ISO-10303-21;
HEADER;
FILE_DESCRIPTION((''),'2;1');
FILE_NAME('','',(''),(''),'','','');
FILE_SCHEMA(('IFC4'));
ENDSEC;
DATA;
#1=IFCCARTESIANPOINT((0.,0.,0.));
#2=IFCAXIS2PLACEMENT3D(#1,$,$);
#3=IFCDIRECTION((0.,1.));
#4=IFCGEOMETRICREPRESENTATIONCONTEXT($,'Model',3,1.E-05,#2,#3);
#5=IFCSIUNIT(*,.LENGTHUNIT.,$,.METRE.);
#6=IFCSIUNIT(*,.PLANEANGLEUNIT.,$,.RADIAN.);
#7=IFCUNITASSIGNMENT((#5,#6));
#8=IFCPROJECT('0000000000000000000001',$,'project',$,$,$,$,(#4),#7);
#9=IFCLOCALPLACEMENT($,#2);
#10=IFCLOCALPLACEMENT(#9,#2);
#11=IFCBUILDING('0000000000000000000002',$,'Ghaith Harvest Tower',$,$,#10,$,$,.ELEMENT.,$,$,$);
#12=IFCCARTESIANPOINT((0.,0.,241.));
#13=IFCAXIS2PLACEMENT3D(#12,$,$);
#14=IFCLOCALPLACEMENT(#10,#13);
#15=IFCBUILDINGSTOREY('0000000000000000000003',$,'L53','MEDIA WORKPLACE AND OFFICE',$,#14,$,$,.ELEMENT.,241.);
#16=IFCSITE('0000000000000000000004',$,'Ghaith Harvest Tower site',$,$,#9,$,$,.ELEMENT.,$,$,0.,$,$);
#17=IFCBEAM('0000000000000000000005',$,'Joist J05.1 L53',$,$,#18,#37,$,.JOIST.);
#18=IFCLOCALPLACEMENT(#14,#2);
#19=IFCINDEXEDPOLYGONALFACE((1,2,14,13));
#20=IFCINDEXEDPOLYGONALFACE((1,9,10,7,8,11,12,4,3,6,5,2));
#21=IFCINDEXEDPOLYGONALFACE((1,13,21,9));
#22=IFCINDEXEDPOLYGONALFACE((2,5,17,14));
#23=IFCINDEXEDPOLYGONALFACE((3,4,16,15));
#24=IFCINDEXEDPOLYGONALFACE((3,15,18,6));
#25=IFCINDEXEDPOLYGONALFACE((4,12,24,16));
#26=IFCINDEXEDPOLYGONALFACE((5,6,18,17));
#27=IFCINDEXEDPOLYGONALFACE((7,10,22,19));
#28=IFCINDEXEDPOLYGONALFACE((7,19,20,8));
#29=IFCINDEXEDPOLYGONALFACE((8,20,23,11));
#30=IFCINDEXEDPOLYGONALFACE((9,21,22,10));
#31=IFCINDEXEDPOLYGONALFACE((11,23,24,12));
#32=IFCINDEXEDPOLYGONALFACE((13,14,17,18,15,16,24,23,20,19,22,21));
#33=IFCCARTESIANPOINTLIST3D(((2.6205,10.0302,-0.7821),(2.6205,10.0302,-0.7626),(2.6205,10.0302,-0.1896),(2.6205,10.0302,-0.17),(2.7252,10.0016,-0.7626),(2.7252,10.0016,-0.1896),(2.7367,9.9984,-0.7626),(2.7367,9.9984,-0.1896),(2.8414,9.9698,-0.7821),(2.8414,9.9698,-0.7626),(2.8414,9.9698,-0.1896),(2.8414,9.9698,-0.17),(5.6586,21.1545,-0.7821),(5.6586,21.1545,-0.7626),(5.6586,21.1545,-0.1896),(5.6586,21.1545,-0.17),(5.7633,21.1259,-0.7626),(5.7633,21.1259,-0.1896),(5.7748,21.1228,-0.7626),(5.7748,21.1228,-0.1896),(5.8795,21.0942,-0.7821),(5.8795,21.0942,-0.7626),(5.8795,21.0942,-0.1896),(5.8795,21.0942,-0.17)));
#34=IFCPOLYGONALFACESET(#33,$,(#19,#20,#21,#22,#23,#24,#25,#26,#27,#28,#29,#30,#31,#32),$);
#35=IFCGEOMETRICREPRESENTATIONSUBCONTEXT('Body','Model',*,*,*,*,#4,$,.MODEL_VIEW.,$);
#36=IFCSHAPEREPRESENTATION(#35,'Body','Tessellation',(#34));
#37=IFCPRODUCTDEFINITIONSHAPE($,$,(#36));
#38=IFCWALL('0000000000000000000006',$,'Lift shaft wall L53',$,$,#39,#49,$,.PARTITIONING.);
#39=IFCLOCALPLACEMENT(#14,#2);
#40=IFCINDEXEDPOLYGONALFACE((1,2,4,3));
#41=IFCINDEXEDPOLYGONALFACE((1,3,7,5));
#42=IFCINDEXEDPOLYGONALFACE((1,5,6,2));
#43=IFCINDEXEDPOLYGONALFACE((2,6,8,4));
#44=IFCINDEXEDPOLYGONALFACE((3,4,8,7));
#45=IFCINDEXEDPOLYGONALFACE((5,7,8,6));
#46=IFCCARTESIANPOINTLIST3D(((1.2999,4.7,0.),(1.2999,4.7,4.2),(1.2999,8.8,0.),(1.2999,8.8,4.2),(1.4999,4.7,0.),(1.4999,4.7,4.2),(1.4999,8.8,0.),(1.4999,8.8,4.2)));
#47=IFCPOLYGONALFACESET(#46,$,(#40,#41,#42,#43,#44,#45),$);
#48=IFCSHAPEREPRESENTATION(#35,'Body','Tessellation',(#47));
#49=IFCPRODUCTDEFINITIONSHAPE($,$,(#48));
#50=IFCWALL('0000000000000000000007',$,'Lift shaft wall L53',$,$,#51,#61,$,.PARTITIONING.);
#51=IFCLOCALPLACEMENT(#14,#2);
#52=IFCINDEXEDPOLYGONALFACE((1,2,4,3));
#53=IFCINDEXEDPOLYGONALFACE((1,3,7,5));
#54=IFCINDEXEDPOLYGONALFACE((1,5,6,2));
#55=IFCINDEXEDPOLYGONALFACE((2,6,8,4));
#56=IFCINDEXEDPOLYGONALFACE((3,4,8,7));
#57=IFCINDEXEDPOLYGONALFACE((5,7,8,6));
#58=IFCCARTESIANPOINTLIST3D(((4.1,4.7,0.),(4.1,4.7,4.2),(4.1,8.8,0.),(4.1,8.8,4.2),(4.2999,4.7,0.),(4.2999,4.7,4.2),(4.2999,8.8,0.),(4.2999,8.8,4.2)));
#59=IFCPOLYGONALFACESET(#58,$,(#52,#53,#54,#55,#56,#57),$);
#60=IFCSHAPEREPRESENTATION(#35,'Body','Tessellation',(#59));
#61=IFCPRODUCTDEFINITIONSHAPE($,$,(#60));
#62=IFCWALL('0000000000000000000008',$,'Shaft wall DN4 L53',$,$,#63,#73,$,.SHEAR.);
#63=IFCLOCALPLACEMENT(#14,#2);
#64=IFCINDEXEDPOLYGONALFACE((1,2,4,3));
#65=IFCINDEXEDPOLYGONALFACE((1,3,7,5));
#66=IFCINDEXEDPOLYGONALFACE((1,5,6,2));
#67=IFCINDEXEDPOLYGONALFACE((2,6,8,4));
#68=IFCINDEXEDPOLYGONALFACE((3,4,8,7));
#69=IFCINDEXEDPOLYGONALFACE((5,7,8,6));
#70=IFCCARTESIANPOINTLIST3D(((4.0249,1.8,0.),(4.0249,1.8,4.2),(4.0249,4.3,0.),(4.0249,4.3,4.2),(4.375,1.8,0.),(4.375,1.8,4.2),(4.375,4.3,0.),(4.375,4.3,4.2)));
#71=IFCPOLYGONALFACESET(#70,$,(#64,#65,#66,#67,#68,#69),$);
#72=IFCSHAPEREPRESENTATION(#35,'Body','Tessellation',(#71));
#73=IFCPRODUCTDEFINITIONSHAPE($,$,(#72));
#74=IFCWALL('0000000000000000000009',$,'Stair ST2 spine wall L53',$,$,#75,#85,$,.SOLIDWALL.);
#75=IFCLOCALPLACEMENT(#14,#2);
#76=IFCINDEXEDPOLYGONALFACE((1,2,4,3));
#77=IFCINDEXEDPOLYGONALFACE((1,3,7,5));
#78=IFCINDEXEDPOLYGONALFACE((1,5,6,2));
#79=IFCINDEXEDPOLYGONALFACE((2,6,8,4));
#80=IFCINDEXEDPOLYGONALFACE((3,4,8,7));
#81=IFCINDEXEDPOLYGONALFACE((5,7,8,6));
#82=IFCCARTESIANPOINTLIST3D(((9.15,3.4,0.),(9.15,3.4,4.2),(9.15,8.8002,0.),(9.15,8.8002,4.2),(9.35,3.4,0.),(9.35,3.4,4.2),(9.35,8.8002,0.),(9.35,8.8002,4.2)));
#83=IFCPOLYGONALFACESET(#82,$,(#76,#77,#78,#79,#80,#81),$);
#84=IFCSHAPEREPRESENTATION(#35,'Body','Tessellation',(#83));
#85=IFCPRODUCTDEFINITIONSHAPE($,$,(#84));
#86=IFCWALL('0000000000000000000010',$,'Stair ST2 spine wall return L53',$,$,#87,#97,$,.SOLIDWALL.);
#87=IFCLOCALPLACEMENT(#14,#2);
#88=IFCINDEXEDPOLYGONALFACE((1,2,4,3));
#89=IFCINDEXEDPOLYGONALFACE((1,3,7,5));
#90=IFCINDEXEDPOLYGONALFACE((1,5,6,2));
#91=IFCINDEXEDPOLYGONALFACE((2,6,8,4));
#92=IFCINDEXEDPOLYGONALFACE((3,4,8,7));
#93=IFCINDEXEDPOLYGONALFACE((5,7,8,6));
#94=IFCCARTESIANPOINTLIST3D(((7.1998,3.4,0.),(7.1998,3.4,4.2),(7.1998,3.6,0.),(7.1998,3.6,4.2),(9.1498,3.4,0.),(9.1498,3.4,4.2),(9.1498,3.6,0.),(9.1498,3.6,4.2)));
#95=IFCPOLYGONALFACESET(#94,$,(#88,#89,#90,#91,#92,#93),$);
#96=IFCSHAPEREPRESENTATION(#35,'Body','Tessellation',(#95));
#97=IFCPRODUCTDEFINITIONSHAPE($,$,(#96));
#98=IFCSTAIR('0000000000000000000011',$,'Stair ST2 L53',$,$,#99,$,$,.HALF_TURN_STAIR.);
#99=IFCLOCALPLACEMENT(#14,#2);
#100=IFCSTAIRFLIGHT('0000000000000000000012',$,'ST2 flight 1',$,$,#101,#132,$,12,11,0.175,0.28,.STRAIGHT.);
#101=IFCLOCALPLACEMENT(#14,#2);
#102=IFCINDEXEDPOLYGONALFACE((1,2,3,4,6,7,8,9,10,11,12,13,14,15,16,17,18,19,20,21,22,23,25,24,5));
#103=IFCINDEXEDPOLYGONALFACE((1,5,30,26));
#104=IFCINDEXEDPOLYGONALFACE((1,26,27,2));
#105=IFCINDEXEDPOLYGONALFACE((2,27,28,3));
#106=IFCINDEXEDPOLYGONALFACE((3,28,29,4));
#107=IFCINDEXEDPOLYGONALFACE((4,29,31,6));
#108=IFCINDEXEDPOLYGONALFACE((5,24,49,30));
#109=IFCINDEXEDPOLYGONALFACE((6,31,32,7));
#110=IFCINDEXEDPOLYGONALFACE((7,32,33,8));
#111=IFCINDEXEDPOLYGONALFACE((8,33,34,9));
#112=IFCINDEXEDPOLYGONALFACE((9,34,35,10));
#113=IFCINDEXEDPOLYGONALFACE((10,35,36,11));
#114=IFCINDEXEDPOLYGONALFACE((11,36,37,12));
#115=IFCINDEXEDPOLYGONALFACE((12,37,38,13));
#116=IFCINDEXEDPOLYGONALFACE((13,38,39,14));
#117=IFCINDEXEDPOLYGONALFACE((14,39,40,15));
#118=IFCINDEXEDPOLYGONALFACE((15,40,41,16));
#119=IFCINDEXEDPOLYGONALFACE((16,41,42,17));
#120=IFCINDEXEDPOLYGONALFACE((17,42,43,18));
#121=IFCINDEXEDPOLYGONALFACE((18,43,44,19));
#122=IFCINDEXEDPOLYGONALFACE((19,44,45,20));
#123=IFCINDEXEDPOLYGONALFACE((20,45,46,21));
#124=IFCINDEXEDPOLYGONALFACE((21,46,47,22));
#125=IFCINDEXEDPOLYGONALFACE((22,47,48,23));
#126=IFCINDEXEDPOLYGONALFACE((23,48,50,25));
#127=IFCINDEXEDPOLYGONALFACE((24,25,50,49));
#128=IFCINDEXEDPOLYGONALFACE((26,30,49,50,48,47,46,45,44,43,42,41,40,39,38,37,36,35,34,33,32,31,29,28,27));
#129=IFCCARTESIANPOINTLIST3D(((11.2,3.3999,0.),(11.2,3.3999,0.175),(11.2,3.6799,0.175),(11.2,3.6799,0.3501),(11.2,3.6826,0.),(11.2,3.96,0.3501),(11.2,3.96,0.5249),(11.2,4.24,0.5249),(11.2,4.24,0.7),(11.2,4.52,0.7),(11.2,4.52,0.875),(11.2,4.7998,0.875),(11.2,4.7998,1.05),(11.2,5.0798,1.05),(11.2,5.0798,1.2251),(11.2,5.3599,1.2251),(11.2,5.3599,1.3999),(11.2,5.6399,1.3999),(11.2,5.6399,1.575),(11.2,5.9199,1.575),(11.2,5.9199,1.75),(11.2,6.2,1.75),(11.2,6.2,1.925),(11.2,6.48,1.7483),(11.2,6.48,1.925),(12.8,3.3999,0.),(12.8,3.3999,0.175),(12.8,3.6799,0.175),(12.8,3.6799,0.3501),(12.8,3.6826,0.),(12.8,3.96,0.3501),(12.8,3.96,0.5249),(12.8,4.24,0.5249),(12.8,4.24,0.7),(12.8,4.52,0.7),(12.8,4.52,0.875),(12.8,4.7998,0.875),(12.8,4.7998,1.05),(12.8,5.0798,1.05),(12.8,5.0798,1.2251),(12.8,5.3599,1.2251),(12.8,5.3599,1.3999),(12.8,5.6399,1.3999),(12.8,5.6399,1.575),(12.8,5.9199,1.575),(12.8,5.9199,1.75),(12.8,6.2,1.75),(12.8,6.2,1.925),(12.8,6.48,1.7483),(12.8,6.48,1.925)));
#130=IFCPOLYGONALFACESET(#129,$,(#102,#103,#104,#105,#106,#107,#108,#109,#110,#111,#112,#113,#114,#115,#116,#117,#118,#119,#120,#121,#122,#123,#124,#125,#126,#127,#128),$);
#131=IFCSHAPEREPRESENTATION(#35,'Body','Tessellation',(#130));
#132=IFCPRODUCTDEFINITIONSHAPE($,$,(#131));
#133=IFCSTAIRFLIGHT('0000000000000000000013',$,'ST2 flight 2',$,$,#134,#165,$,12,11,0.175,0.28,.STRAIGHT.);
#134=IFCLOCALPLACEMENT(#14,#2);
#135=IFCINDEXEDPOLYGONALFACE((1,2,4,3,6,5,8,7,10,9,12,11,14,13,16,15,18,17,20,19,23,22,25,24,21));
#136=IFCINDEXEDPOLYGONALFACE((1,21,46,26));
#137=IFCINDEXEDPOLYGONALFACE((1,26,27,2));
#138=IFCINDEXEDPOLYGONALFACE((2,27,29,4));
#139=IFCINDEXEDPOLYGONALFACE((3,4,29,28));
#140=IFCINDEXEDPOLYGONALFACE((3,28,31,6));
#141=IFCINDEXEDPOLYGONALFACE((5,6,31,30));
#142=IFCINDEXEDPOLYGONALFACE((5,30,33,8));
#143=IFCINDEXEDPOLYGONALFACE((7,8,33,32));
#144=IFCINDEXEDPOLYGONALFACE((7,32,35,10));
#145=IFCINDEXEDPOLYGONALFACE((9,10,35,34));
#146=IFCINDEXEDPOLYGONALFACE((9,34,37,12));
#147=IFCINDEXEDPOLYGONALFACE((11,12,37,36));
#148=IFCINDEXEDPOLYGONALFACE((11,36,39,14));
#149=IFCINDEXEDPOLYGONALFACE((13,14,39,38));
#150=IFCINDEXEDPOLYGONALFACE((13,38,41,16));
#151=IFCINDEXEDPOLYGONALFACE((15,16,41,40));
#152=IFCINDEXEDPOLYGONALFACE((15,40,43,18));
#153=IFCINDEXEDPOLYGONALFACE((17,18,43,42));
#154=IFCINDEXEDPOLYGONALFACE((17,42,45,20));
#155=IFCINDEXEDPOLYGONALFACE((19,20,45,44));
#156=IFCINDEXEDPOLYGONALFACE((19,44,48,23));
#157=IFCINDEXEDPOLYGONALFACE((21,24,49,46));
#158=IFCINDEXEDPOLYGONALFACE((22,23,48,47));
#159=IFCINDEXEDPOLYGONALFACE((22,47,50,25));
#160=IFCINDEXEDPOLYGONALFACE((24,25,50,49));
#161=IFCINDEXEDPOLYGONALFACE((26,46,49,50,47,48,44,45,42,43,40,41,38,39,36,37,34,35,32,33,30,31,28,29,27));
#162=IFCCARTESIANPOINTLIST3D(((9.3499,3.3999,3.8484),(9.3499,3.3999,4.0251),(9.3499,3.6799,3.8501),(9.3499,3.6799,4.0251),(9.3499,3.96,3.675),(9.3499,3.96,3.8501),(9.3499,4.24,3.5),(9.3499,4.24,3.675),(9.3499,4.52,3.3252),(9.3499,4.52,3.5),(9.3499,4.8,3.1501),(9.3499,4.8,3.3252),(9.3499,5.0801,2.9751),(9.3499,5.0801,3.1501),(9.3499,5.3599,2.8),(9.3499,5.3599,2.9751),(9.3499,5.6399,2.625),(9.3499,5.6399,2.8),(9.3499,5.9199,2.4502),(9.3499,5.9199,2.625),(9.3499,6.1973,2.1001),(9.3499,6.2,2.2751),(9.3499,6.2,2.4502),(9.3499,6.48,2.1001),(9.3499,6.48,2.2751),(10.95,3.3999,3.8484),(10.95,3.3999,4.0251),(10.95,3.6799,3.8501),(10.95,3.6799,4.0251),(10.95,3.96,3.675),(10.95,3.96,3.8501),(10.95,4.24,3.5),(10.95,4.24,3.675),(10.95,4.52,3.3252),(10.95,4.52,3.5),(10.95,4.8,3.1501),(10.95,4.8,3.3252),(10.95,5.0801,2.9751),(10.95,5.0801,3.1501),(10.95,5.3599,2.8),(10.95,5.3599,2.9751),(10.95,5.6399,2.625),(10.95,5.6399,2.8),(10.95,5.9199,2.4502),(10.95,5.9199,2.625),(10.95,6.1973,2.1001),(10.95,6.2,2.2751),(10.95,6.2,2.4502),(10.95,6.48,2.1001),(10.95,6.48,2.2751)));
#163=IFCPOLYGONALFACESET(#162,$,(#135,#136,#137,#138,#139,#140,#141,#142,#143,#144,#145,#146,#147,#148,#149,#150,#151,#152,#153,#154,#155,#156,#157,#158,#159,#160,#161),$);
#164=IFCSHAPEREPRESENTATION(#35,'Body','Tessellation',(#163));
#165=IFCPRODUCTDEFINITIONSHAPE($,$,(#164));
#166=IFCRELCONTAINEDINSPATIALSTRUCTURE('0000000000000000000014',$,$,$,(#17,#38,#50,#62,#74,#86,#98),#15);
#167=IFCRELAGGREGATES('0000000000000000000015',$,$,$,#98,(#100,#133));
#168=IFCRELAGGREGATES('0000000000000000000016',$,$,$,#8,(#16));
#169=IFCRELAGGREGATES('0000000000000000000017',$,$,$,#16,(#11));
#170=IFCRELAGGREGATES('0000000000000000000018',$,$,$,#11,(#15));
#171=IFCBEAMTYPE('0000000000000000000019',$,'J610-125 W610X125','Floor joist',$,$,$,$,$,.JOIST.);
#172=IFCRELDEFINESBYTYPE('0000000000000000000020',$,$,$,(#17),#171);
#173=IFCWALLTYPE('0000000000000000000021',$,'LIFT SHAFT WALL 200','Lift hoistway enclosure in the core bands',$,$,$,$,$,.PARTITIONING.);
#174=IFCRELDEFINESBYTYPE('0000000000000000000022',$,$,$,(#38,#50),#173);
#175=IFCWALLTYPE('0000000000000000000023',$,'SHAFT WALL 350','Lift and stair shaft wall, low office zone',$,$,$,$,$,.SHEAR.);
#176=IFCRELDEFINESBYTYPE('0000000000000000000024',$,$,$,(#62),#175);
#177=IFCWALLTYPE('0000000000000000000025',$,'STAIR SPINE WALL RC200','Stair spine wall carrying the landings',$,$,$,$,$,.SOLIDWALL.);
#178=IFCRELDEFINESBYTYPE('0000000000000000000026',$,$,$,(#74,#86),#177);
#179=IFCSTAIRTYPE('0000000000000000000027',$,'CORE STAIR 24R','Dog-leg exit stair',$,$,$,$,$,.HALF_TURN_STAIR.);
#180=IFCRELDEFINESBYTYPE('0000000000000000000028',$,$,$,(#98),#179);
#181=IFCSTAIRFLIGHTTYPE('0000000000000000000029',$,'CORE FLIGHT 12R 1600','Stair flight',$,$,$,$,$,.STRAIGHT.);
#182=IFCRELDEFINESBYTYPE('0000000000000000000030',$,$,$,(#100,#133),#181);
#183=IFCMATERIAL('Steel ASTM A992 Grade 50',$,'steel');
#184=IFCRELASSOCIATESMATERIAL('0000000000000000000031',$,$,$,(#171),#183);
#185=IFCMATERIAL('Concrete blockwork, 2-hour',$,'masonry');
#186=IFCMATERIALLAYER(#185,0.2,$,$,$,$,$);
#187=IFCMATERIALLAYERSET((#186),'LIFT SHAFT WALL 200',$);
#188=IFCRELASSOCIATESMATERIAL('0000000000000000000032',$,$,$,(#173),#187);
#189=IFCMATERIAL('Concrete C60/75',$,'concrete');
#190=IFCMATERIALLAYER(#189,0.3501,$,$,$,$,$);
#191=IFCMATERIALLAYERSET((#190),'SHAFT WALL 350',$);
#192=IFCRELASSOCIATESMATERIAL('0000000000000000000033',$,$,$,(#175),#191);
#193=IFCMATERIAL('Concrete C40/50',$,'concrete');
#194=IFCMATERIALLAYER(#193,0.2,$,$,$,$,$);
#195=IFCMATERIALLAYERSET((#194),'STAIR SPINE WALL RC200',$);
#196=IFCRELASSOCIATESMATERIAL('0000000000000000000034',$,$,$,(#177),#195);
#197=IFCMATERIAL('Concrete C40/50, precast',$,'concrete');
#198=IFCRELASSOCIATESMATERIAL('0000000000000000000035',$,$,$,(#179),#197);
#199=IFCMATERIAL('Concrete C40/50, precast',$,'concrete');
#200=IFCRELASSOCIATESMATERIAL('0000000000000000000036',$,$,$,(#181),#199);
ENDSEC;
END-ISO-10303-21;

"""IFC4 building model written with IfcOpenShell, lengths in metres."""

from ifc_helpers import new_model, si_unit, direction, frame, frame_2d, origin, origin_2d, place, context, subcontext, project, spatial, polyline, rectangle, i_section, outline, extrude, material, layer, layer_set, material_profile, profile_set, type_object, element, aggregate, save


model = new_model("IFC4")

# Units and contexts
model_context = context("Model", 3, precision=1e-05, world=origin(), true_north=direction((0.0, 1.0)))
body_context = subcontext(model_context, "Body", "Model", "MODEL_VIEW")
ifc_project = project(units=[si_unit("LENGTHUNIT", "METRE"), si_unit("PLANEANGLEUNIT", "RADIAN")], contexts=[model_context])

# Site, building, storey
site_placement = place(None, origin())
site = spatial("IfcSite", under=ifc_project, at=site_placement, Name="Ghaith Harvest Tower site", CompositionType="ELEMENT", RefElevation=0.0)
building_placement = place(site_placement, origin())
building = spatial("IfcBuilding", under=site, at=building_placement, Name="Ghaith Harvest Tower", CompositionType="ELEMENT")
storey_placement = place(building_placement, frame((0.0, 0.0, 241.0)))
storey = spatial("IfcBuildingStorey", under=building, at=storey_placement, Name="L53", Description="MEDIA WORKPLACE AND OFFICE", CompositionType="ELEMENT", Elevation=241.0)

# Beam
ifc_material_1 = material(Name="Steel ASTM A992 Grade 50", Category="steel")
ifc_material_profile_1 = material_profile(ifc_material_1, i_section(OverallWidth=0.229, OverallDepth=0.6121, WebThickness=0.012, FlangeThickness=0.0195, at=origin_2d()), Name="W610X125")
ifc_profile_set_1 = profile_set([ifc_material_profile_1], Name="Steel ASTM A992 Grade 50")
beam_type_1 = type_object("IfcBeamType", Name="J610-125 W610X125", Description="Floor joist", PredefinedType="JOIST", material=ifc_profile_set_1)
beam_1_placement = place(storey_placement, frame((2.731, 10.0, -0.4761), z_axis=(0.263456, 0.964671, 0.0), x_axis=(-0.964671, 0.263456, 0.0)))
element("IfcBeam", 1, at=beam_1_placement, inside=storey, type_object=beam_type_1, Name="Joist J05.1 L53", PredefinedType="JOIST", context=body_context, shape_type="SweptSolid", body=[
    extrude(i_section(OverallWidth=0.229, OverallDepth=0.6121, WebThickness=0.012, FlangeThickness=0.0195, at=origin_2d()), origin(), (0.0, 0.0, 1.0), 11.5317),
])

# Walls
ifc_material_2 = material(Name="Concrete blockwork, 2-hour", Category="masonry")
ifc_layer_1 = layer(ifc_material_2, 0.2)
ifc_layer_set_1 = layer_set([ifc_layer_1], Name="LIFT SHAFT WALL 200")
wall_type_1 = type_object("IfcWallType", Name="LIFT SHAFT WALL 200", Description="Lift hoistway enclosure in the core bands", PredefinedType="PARTITIONING", material=ifc_layer_set_1)
for number, where, z_axis, x_axis, name in (
    (2, (1.3999, 4.7, 0.0), (0.0, 0.0, 1.0), (0.0, 1.0, 0.0), "Lift shaft wall L53"),
    (3, (4.2, 4.7, 0.0), (0.0, 0.0, 1.0), (0.0, 1.0, 0.0), "Lift shaft wall L53"),
):
    element("IfcWall", number, at=place(storey_placement, frame(where, z_axis=z_axis, x_axis=x_axis)), inside=storey, type_object=wall_type_1, Name=name, PredefinedType="PARTITIONING", context=body_context, shape_type="SweptSolid", body=[
        extrude(rectangle(XDim=4.1001, YDim=0.2, at=frame_2d((2.05, 0.0))), origin(), (0.0, 0.0, 1.0), 4.2),
    ])

# Shared definitions
ifc_material_3 = material(Name="Concrete C60/75", Category="concrete")
ifc_layer_2 = layer(ifc_material_3, 0.3501)
ifc_layer_set_2 = layer_set([ifc_layer_2], Name="SHAFT WALL 350")
wall_type_2 = type_object("IfcWallType", Name="SHAFT WALL 350", Description="Lift and stair shaft wall, low office zone", PredefinedType="SHEAR", material=ifc_layer_set_2)

# Walls
wall_1_placement = place(storey_placement, frame((4.2, 1.8, 0.0), z_axis=(0.0, 0.0, 1.0), x_axis=(0.0, 1.0, 0.0)))
element("IfcWall", 4, at=wall_1_placement, inside=storey, type_object=wall_type_2, Name="Shaft wall DN4 L53", PredefinedType="SHEAR", context=body_context, shape_type="SweptSolid", body=[
    extrude(rectangle(XDim=2.5, YDim=0.3501, at=frame_2d((1.25, 0.0))), origin(), (0.0, 0.0, 1.0), 4.2),
])
ifc_material_4 = material(Name="Concrete C40/50", Category="concrete")
ifc_layer_3 = layer(ifc_material_4, 0.2)
ifc_layer_set_3 = layer_set([ifc_layer_3], Name="STAIR SPINE WALL RC200")
wall_type_3 = type_object("IfcWallType", Name="STAIR SPINE WALL RC200", Description="Stair spine wall carrying the landings", PredefinedType="SOLIDWALL", material=ifc_layer_set_3)
wall_2_placement = place(storey_placement, frame((9.25, 3.3999, 0.0), z_axis=(0.0, 0.0, 1.0), x_axis=(0.0, 1.0, 0.0)))
element("IfcWall", 5, at=wall_2_placement, inside=storey, type_object=wall_type_3, Name="Stair ST2 spine wall L53", PredefinedType="SOLIDWALL", context=body_context, shape_type="SweptSolid", body=[
    extrude(rectangle(XDim=5.4001, YDim=0.2, at=frame_2d((2.7002, 0.0))), origin(), (0.0, 0.0, 1.0), 4.2),
])
wall_3_placement = place(storey_placement, frame((9.1499, 3.5, 0.0), z_axis=(0.0, 0.0, 1.0), x_axis=(-1.0, 0.0, 0.0)))
element("IfcWall", 6, at=wall_3_placement, inside=storey, type_object=wall_type_3, Name="Stair ST2 spine wall return L53", PredefinedType="SOLIDWALL", context=body_context, shape_type="SweptSolid", body=[
    extrude(rectangle(XDim=1.95, YDim=0.2, at=frame_2d((0.9751, 0.0))), origin(), (0.0, 0.0, 1.0), 4.2),
])

# Stair, stair flights
ifc_material_5 = material(Name="Concrete C40/50, precast", Category="concrete")
stair_type = type_object("IfcStairType", Name="CORE STAIR 24R", Description="Dog-leg exit stair", PredefinedType="HALF_TURN_STAIR", material=ifc_material_5)
stair_placement = place(storey_placement, origin())
stair = element("IfcStair", 7, at=stair_placement, inside=storey, type_object=stair_type, Name="Stair ST2 L53", PredefinedType="HALF_TURN_STAIR")
ifc_material_6 = material(Name="Concrete C40/50, precast", Category="concrete")
stair_flight_type = type_object("IfcStairFlightType", Name="CORE FLIGHT 12R 1600", Description="Stair flight", PredefinedType="STRAIGHT", material=ifc_material_6)
stair_flight_1_placement = place(storey_placement, frame((12.0, 3.3999, 0.0), z_axis=(0.0, 0.0, 1.0), x_axis=(0.0, 1.0, 0.0)))
stair_flight_1 = element("IfcStairFlight", 8, at=stair_flight_1_placement, type_object=stair_flight_type, Name="ST2 flight 1", NumberOfRisers=12, NumberOfTreads=11, PredefinedType="STRAIGHT", RiserHeight=0.175, TreadLength=0.28, context=body_context, shape_type="SweptSolid", body=[
    extrude(outline(polyline([(0.0, 0.0), (0.0, 0.175), (0.28, 0.175), (0.28, 0.3501), (0.5601, 0.3501), (0.5601, 0.5249), (0.8401, 0.5249), (0.8401, 0.7), (1.1201, 0.7), (1.1201, 0.875), (1.3999, 0.875), (1.3999, 1.05), (1.6799, 1.05), (1.6799, 1.2251), (1.96, 1.2251), (1.96, 1.3999), (2.24, 1.3999), (2.24, 1.575), (2.52, 1.575), (2.52, 1.75), (2.8, 1.75), (2.8, 1.925), (3.0801, 1.925), (3.0801, 2.1001), (3.0801, 1.7483), (0.2827, 0.0), (0.0, 0.0)])), frame((0.0, 0.8, 0.0), z_axis=(0.0, -1.0, 0.0), x_axis=(1.0, 0.0, 0.0)), (0.0, 0.0, 1.0), 1.6001),
])
stair_flight_2_placement = place(storey_placement, frame((10.1499, 6.48, 2.1001), z_axis=(0.0, 0.0, 1.0), x_axis=(0.0, -1.0, 0.0)))
stair_flight_2 = element("IfcStairFlight", 9, at=stair_flight_2_placement, type_object=stair_flight_type, Name="ST2 flight 2", NumberOfRisers=12, NumberOfTreads=11, PredefinedType="STRAIGHT", RiserHeight=0.175, TreadLength=0.28, context=body_context, shape_type="SweptSolid", body=[
    extrude(outline(polyline([(0.0, 0.0), (0.0, 0.175), (0.28, 0.175), (0.28, 0.3501), (0.5601, 0.3501), (0.5601, 0.5249), (0.8401, 0.5249), (0.8401, 0.7), (1.1201, 0.7), (1.1201, 0.875), (1.3999, 0.875), (1.3999, 1.05), (1.6799, 1.05), (1.6799, 1.2251), (1.96, 1.2251), (1.96, 1.3999), (2.24, 1.3999), (2.24, 1.575), (2.52, 1.575), (2.52, 1.75), (2.8, 1.75), (2.8, 1.925), (3.0801, 1.925), (3.0801, 2.1001), (3.0801, 1.7483), (0.2827, 0.0), (0.0, 0.0)])), frame((0.0, 0.8, 0.0), z_axis=(0.0, -1.0, 0.0), x_axis=(1.0, 0.0, 0.0)), (0.0, 0.0, 1.0), 1.6001),
])
aggregate(stair, [stair_flight_1, stair_flight_2])

save(model, "model.ifc")
